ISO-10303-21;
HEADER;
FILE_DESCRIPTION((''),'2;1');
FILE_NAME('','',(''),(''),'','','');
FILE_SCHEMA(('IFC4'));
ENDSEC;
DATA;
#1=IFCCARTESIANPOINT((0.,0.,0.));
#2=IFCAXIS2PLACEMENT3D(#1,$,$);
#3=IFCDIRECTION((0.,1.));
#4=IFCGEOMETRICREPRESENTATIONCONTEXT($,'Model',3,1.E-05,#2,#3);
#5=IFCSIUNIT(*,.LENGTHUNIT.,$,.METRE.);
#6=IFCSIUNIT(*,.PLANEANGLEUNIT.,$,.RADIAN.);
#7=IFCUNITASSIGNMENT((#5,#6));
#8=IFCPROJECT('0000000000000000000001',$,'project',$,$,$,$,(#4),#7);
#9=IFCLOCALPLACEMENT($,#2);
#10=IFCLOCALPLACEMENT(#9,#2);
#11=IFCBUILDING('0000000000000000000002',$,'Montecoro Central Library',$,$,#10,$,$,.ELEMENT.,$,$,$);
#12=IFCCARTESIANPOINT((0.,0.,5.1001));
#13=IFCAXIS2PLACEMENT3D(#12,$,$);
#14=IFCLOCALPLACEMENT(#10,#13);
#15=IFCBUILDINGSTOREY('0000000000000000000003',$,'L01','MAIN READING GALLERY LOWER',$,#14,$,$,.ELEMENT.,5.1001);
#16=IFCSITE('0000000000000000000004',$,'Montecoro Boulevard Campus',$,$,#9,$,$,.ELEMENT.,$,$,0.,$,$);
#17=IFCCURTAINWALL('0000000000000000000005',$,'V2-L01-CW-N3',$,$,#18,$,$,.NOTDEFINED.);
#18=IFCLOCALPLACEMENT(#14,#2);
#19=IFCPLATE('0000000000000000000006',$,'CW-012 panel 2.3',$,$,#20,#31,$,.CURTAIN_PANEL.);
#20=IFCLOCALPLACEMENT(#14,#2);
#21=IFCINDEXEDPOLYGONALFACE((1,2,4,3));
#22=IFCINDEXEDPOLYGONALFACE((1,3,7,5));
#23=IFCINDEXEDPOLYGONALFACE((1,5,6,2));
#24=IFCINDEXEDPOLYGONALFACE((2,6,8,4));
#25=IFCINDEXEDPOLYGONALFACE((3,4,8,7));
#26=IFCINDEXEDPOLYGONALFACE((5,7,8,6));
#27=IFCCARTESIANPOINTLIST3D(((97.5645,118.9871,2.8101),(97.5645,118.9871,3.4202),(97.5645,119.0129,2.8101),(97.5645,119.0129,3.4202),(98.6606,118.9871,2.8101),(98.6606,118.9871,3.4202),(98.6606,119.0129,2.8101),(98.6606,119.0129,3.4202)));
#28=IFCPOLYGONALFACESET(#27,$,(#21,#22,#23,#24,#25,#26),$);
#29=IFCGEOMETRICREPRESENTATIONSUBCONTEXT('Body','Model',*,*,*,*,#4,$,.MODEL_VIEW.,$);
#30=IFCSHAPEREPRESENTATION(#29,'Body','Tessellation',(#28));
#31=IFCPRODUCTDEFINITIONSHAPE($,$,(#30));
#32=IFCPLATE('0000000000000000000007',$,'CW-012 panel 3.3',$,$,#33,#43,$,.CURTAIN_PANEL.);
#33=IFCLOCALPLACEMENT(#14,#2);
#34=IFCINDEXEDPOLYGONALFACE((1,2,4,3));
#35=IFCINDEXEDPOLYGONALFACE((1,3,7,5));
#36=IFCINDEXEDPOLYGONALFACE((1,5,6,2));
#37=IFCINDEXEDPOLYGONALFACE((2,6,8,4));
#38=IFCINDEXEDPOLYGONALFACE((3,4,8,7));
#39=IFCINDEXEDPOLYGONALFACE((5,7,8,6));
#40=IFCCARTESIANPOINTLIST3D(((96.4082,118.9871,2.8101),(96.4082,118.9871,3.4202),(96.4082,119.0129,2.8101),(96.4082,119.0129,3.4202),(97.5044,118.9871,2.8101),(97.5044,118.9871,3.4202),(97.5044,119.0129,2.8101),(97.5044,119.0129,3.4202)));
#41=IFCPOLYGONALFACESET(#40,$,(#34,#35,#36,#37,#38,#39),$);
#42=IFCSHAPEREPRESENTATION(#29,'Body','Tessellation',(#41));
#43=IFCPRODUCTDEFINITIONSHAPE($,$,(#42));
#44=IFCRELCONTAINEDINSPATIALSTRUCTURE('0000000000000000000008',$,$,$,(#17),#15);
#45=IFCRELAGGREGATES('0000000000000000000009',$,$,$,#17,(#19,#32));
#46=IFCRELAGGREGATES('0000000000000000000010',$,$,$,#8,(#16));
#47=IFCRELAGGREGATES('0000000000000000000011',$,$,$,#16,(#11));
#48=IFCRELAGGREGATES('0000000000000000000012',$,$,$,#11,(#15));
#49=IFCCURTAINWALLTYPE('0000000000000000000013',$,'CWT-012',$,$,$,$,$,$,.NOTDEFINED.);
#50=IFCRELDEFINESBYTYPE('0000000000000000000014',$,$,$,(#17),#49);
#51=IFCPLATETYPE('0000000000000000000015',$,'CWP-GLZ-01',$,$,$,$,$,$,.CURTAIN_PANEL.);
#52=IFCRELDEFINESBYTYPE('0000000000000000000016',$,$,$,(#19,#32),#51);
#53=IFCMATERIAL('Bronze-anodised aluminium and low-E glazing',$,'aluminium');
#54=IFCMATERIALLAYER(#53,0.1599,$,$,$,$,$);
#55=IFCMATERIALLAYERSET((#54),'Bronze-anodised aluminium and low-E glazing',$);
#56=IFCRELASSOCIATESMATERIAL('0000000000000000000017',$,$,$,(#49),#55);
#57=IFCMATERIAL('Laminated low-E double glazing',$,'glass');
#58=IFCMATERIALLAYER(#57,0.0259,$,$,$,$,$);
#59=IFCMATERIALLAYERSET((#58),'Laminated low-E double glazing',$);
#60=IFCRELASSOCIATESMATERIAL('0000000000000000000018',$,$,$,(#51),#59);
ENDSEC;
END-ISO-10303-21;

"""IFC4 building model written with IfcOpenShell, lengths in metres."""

from ifc_helpers import new_model, si_unit, direction, frame, origin, origin_2d, place, context, subcontext, project, spatial, rectangle, extrude, material, layer, layer_set, type_object, element, aggregate, save


model = new_model("IFC4")

# Units and contexts
model_context = context("Model", 3, precision=1e-05, world=origin(), true_north=direction((0.0, 1.0)))
body_context = subcontext(model_context, "Body", "Model", "MODEL_VIEW")
ifc_project = project(units=[si_unit("LENGTHUNIT", "METRE"), si_unit("PLANEANGLEUNIT", "RADIAN")], contexts=[model_context])

# Site, building, storey
site_placement = place(None, origin())
site = spatial("IfcSite", under=ifc_project, at=site_placement, Name="Montecoro Boulevard Campus", CompositionType="ELEMENT", RefElevation=0.0)
building_placement = place(site_placement, origin())
building = spatial("IfcBuilding", under=site, at=building_placement, Name="Montecoro Central Library", CompositionType="ELEMENT")
storey_placement = place(building_placement, frame((0.0, 0.0, 5.1001)))
storey = spatial("IfcBuildingStorey", under=building, at=storey_placement, Name="L01", Description="MAIN READING GALLERY LOWER", CompositionType="ELEMENT", Elevation=5.1001)

# Curtain wall, plates
ifc_material_1 = material(Name="Bronze-anodised aluminium and low-E glazing", Category="aluminium")
ifc_layer_1 = layer(ifc_material_1, 0.1599)
ifc_layer_set_1 = layer_set([ifc_layer_1], Name="Bronze-anodised aluminium and low-E glazing")
curtain_wall_type = type_object("IfcCurtainWallType", Name="CWT-012", PredefinedType="NOTDEFINED", material=ifc_layer_set_1)
curtain_wall_placement = place(storey_placement, origin())
curtain_wall = element("IfcCurtainWall", 1, at=curtain_wall_placement, inside=storey, type_object=curtain_wall_type, Name="V2-L01-CW-N3", PredefinedType="NOTDEFINED")
ifc_material_2 = material(Name="Laminated low-E double glazing", Category="glass")
ifc_layer_2 = layer(ifc_material_2, 0.0259)
ifc_layer_set_2 = layer_set([ifc_layer_2], Name="Laminated low-E double glazing")
plate_type = type_object("IfcPlateType", Name="CWP-GLZ-01", PredefinedType="CURTAIN_PANEL", material=ifc_layer_set_2)
plate_1_placement = place(storey_placement, frame((98.1125, 119.0, 2.8101), z_axis=(0.0, 0.0, 1.0), x_axis=(-1.0, 0.0, 0.0)))
plate_1 = element("IfcPlate", 2, at=plate_1_placement, type_object=plate_type, Name="CW-012 panel 2.3", PredefinedType="CURTAIN_PANEL", context=body_context, shape_type="SweptSolid", body=[
    extrude(rectangle(XDim=1.0962, YDim=0.0259, at=origin_2d()), origin(), (0.0, 0.0, 1.0), 0.6101),
])
plate_2_placement = place(storey_placement, frame((96.9563, 119.0, 2.8101), z_axis=(0.0, 0.0, 1.0), x_axis=(-1.0, 0.0, 0.0)))
plate_2 = element("IfcPlate", 3, at=plate_2_placement, type_object=plate_type, Name="CW-012 panel 3.3", PredefinedType="CURTAIN_PANEL", context=body_context, shape_type="SweptSolid", body=[
    extrude(rectangle(XDim=1.0962, YDim=0.0259, at=origin_2d()), origin(), (0.0, 0.0, 1.0), 0.6101),
])
aggregate(curtain_wall, [plate_1, plate_2])

save(model, "model.ifc")
